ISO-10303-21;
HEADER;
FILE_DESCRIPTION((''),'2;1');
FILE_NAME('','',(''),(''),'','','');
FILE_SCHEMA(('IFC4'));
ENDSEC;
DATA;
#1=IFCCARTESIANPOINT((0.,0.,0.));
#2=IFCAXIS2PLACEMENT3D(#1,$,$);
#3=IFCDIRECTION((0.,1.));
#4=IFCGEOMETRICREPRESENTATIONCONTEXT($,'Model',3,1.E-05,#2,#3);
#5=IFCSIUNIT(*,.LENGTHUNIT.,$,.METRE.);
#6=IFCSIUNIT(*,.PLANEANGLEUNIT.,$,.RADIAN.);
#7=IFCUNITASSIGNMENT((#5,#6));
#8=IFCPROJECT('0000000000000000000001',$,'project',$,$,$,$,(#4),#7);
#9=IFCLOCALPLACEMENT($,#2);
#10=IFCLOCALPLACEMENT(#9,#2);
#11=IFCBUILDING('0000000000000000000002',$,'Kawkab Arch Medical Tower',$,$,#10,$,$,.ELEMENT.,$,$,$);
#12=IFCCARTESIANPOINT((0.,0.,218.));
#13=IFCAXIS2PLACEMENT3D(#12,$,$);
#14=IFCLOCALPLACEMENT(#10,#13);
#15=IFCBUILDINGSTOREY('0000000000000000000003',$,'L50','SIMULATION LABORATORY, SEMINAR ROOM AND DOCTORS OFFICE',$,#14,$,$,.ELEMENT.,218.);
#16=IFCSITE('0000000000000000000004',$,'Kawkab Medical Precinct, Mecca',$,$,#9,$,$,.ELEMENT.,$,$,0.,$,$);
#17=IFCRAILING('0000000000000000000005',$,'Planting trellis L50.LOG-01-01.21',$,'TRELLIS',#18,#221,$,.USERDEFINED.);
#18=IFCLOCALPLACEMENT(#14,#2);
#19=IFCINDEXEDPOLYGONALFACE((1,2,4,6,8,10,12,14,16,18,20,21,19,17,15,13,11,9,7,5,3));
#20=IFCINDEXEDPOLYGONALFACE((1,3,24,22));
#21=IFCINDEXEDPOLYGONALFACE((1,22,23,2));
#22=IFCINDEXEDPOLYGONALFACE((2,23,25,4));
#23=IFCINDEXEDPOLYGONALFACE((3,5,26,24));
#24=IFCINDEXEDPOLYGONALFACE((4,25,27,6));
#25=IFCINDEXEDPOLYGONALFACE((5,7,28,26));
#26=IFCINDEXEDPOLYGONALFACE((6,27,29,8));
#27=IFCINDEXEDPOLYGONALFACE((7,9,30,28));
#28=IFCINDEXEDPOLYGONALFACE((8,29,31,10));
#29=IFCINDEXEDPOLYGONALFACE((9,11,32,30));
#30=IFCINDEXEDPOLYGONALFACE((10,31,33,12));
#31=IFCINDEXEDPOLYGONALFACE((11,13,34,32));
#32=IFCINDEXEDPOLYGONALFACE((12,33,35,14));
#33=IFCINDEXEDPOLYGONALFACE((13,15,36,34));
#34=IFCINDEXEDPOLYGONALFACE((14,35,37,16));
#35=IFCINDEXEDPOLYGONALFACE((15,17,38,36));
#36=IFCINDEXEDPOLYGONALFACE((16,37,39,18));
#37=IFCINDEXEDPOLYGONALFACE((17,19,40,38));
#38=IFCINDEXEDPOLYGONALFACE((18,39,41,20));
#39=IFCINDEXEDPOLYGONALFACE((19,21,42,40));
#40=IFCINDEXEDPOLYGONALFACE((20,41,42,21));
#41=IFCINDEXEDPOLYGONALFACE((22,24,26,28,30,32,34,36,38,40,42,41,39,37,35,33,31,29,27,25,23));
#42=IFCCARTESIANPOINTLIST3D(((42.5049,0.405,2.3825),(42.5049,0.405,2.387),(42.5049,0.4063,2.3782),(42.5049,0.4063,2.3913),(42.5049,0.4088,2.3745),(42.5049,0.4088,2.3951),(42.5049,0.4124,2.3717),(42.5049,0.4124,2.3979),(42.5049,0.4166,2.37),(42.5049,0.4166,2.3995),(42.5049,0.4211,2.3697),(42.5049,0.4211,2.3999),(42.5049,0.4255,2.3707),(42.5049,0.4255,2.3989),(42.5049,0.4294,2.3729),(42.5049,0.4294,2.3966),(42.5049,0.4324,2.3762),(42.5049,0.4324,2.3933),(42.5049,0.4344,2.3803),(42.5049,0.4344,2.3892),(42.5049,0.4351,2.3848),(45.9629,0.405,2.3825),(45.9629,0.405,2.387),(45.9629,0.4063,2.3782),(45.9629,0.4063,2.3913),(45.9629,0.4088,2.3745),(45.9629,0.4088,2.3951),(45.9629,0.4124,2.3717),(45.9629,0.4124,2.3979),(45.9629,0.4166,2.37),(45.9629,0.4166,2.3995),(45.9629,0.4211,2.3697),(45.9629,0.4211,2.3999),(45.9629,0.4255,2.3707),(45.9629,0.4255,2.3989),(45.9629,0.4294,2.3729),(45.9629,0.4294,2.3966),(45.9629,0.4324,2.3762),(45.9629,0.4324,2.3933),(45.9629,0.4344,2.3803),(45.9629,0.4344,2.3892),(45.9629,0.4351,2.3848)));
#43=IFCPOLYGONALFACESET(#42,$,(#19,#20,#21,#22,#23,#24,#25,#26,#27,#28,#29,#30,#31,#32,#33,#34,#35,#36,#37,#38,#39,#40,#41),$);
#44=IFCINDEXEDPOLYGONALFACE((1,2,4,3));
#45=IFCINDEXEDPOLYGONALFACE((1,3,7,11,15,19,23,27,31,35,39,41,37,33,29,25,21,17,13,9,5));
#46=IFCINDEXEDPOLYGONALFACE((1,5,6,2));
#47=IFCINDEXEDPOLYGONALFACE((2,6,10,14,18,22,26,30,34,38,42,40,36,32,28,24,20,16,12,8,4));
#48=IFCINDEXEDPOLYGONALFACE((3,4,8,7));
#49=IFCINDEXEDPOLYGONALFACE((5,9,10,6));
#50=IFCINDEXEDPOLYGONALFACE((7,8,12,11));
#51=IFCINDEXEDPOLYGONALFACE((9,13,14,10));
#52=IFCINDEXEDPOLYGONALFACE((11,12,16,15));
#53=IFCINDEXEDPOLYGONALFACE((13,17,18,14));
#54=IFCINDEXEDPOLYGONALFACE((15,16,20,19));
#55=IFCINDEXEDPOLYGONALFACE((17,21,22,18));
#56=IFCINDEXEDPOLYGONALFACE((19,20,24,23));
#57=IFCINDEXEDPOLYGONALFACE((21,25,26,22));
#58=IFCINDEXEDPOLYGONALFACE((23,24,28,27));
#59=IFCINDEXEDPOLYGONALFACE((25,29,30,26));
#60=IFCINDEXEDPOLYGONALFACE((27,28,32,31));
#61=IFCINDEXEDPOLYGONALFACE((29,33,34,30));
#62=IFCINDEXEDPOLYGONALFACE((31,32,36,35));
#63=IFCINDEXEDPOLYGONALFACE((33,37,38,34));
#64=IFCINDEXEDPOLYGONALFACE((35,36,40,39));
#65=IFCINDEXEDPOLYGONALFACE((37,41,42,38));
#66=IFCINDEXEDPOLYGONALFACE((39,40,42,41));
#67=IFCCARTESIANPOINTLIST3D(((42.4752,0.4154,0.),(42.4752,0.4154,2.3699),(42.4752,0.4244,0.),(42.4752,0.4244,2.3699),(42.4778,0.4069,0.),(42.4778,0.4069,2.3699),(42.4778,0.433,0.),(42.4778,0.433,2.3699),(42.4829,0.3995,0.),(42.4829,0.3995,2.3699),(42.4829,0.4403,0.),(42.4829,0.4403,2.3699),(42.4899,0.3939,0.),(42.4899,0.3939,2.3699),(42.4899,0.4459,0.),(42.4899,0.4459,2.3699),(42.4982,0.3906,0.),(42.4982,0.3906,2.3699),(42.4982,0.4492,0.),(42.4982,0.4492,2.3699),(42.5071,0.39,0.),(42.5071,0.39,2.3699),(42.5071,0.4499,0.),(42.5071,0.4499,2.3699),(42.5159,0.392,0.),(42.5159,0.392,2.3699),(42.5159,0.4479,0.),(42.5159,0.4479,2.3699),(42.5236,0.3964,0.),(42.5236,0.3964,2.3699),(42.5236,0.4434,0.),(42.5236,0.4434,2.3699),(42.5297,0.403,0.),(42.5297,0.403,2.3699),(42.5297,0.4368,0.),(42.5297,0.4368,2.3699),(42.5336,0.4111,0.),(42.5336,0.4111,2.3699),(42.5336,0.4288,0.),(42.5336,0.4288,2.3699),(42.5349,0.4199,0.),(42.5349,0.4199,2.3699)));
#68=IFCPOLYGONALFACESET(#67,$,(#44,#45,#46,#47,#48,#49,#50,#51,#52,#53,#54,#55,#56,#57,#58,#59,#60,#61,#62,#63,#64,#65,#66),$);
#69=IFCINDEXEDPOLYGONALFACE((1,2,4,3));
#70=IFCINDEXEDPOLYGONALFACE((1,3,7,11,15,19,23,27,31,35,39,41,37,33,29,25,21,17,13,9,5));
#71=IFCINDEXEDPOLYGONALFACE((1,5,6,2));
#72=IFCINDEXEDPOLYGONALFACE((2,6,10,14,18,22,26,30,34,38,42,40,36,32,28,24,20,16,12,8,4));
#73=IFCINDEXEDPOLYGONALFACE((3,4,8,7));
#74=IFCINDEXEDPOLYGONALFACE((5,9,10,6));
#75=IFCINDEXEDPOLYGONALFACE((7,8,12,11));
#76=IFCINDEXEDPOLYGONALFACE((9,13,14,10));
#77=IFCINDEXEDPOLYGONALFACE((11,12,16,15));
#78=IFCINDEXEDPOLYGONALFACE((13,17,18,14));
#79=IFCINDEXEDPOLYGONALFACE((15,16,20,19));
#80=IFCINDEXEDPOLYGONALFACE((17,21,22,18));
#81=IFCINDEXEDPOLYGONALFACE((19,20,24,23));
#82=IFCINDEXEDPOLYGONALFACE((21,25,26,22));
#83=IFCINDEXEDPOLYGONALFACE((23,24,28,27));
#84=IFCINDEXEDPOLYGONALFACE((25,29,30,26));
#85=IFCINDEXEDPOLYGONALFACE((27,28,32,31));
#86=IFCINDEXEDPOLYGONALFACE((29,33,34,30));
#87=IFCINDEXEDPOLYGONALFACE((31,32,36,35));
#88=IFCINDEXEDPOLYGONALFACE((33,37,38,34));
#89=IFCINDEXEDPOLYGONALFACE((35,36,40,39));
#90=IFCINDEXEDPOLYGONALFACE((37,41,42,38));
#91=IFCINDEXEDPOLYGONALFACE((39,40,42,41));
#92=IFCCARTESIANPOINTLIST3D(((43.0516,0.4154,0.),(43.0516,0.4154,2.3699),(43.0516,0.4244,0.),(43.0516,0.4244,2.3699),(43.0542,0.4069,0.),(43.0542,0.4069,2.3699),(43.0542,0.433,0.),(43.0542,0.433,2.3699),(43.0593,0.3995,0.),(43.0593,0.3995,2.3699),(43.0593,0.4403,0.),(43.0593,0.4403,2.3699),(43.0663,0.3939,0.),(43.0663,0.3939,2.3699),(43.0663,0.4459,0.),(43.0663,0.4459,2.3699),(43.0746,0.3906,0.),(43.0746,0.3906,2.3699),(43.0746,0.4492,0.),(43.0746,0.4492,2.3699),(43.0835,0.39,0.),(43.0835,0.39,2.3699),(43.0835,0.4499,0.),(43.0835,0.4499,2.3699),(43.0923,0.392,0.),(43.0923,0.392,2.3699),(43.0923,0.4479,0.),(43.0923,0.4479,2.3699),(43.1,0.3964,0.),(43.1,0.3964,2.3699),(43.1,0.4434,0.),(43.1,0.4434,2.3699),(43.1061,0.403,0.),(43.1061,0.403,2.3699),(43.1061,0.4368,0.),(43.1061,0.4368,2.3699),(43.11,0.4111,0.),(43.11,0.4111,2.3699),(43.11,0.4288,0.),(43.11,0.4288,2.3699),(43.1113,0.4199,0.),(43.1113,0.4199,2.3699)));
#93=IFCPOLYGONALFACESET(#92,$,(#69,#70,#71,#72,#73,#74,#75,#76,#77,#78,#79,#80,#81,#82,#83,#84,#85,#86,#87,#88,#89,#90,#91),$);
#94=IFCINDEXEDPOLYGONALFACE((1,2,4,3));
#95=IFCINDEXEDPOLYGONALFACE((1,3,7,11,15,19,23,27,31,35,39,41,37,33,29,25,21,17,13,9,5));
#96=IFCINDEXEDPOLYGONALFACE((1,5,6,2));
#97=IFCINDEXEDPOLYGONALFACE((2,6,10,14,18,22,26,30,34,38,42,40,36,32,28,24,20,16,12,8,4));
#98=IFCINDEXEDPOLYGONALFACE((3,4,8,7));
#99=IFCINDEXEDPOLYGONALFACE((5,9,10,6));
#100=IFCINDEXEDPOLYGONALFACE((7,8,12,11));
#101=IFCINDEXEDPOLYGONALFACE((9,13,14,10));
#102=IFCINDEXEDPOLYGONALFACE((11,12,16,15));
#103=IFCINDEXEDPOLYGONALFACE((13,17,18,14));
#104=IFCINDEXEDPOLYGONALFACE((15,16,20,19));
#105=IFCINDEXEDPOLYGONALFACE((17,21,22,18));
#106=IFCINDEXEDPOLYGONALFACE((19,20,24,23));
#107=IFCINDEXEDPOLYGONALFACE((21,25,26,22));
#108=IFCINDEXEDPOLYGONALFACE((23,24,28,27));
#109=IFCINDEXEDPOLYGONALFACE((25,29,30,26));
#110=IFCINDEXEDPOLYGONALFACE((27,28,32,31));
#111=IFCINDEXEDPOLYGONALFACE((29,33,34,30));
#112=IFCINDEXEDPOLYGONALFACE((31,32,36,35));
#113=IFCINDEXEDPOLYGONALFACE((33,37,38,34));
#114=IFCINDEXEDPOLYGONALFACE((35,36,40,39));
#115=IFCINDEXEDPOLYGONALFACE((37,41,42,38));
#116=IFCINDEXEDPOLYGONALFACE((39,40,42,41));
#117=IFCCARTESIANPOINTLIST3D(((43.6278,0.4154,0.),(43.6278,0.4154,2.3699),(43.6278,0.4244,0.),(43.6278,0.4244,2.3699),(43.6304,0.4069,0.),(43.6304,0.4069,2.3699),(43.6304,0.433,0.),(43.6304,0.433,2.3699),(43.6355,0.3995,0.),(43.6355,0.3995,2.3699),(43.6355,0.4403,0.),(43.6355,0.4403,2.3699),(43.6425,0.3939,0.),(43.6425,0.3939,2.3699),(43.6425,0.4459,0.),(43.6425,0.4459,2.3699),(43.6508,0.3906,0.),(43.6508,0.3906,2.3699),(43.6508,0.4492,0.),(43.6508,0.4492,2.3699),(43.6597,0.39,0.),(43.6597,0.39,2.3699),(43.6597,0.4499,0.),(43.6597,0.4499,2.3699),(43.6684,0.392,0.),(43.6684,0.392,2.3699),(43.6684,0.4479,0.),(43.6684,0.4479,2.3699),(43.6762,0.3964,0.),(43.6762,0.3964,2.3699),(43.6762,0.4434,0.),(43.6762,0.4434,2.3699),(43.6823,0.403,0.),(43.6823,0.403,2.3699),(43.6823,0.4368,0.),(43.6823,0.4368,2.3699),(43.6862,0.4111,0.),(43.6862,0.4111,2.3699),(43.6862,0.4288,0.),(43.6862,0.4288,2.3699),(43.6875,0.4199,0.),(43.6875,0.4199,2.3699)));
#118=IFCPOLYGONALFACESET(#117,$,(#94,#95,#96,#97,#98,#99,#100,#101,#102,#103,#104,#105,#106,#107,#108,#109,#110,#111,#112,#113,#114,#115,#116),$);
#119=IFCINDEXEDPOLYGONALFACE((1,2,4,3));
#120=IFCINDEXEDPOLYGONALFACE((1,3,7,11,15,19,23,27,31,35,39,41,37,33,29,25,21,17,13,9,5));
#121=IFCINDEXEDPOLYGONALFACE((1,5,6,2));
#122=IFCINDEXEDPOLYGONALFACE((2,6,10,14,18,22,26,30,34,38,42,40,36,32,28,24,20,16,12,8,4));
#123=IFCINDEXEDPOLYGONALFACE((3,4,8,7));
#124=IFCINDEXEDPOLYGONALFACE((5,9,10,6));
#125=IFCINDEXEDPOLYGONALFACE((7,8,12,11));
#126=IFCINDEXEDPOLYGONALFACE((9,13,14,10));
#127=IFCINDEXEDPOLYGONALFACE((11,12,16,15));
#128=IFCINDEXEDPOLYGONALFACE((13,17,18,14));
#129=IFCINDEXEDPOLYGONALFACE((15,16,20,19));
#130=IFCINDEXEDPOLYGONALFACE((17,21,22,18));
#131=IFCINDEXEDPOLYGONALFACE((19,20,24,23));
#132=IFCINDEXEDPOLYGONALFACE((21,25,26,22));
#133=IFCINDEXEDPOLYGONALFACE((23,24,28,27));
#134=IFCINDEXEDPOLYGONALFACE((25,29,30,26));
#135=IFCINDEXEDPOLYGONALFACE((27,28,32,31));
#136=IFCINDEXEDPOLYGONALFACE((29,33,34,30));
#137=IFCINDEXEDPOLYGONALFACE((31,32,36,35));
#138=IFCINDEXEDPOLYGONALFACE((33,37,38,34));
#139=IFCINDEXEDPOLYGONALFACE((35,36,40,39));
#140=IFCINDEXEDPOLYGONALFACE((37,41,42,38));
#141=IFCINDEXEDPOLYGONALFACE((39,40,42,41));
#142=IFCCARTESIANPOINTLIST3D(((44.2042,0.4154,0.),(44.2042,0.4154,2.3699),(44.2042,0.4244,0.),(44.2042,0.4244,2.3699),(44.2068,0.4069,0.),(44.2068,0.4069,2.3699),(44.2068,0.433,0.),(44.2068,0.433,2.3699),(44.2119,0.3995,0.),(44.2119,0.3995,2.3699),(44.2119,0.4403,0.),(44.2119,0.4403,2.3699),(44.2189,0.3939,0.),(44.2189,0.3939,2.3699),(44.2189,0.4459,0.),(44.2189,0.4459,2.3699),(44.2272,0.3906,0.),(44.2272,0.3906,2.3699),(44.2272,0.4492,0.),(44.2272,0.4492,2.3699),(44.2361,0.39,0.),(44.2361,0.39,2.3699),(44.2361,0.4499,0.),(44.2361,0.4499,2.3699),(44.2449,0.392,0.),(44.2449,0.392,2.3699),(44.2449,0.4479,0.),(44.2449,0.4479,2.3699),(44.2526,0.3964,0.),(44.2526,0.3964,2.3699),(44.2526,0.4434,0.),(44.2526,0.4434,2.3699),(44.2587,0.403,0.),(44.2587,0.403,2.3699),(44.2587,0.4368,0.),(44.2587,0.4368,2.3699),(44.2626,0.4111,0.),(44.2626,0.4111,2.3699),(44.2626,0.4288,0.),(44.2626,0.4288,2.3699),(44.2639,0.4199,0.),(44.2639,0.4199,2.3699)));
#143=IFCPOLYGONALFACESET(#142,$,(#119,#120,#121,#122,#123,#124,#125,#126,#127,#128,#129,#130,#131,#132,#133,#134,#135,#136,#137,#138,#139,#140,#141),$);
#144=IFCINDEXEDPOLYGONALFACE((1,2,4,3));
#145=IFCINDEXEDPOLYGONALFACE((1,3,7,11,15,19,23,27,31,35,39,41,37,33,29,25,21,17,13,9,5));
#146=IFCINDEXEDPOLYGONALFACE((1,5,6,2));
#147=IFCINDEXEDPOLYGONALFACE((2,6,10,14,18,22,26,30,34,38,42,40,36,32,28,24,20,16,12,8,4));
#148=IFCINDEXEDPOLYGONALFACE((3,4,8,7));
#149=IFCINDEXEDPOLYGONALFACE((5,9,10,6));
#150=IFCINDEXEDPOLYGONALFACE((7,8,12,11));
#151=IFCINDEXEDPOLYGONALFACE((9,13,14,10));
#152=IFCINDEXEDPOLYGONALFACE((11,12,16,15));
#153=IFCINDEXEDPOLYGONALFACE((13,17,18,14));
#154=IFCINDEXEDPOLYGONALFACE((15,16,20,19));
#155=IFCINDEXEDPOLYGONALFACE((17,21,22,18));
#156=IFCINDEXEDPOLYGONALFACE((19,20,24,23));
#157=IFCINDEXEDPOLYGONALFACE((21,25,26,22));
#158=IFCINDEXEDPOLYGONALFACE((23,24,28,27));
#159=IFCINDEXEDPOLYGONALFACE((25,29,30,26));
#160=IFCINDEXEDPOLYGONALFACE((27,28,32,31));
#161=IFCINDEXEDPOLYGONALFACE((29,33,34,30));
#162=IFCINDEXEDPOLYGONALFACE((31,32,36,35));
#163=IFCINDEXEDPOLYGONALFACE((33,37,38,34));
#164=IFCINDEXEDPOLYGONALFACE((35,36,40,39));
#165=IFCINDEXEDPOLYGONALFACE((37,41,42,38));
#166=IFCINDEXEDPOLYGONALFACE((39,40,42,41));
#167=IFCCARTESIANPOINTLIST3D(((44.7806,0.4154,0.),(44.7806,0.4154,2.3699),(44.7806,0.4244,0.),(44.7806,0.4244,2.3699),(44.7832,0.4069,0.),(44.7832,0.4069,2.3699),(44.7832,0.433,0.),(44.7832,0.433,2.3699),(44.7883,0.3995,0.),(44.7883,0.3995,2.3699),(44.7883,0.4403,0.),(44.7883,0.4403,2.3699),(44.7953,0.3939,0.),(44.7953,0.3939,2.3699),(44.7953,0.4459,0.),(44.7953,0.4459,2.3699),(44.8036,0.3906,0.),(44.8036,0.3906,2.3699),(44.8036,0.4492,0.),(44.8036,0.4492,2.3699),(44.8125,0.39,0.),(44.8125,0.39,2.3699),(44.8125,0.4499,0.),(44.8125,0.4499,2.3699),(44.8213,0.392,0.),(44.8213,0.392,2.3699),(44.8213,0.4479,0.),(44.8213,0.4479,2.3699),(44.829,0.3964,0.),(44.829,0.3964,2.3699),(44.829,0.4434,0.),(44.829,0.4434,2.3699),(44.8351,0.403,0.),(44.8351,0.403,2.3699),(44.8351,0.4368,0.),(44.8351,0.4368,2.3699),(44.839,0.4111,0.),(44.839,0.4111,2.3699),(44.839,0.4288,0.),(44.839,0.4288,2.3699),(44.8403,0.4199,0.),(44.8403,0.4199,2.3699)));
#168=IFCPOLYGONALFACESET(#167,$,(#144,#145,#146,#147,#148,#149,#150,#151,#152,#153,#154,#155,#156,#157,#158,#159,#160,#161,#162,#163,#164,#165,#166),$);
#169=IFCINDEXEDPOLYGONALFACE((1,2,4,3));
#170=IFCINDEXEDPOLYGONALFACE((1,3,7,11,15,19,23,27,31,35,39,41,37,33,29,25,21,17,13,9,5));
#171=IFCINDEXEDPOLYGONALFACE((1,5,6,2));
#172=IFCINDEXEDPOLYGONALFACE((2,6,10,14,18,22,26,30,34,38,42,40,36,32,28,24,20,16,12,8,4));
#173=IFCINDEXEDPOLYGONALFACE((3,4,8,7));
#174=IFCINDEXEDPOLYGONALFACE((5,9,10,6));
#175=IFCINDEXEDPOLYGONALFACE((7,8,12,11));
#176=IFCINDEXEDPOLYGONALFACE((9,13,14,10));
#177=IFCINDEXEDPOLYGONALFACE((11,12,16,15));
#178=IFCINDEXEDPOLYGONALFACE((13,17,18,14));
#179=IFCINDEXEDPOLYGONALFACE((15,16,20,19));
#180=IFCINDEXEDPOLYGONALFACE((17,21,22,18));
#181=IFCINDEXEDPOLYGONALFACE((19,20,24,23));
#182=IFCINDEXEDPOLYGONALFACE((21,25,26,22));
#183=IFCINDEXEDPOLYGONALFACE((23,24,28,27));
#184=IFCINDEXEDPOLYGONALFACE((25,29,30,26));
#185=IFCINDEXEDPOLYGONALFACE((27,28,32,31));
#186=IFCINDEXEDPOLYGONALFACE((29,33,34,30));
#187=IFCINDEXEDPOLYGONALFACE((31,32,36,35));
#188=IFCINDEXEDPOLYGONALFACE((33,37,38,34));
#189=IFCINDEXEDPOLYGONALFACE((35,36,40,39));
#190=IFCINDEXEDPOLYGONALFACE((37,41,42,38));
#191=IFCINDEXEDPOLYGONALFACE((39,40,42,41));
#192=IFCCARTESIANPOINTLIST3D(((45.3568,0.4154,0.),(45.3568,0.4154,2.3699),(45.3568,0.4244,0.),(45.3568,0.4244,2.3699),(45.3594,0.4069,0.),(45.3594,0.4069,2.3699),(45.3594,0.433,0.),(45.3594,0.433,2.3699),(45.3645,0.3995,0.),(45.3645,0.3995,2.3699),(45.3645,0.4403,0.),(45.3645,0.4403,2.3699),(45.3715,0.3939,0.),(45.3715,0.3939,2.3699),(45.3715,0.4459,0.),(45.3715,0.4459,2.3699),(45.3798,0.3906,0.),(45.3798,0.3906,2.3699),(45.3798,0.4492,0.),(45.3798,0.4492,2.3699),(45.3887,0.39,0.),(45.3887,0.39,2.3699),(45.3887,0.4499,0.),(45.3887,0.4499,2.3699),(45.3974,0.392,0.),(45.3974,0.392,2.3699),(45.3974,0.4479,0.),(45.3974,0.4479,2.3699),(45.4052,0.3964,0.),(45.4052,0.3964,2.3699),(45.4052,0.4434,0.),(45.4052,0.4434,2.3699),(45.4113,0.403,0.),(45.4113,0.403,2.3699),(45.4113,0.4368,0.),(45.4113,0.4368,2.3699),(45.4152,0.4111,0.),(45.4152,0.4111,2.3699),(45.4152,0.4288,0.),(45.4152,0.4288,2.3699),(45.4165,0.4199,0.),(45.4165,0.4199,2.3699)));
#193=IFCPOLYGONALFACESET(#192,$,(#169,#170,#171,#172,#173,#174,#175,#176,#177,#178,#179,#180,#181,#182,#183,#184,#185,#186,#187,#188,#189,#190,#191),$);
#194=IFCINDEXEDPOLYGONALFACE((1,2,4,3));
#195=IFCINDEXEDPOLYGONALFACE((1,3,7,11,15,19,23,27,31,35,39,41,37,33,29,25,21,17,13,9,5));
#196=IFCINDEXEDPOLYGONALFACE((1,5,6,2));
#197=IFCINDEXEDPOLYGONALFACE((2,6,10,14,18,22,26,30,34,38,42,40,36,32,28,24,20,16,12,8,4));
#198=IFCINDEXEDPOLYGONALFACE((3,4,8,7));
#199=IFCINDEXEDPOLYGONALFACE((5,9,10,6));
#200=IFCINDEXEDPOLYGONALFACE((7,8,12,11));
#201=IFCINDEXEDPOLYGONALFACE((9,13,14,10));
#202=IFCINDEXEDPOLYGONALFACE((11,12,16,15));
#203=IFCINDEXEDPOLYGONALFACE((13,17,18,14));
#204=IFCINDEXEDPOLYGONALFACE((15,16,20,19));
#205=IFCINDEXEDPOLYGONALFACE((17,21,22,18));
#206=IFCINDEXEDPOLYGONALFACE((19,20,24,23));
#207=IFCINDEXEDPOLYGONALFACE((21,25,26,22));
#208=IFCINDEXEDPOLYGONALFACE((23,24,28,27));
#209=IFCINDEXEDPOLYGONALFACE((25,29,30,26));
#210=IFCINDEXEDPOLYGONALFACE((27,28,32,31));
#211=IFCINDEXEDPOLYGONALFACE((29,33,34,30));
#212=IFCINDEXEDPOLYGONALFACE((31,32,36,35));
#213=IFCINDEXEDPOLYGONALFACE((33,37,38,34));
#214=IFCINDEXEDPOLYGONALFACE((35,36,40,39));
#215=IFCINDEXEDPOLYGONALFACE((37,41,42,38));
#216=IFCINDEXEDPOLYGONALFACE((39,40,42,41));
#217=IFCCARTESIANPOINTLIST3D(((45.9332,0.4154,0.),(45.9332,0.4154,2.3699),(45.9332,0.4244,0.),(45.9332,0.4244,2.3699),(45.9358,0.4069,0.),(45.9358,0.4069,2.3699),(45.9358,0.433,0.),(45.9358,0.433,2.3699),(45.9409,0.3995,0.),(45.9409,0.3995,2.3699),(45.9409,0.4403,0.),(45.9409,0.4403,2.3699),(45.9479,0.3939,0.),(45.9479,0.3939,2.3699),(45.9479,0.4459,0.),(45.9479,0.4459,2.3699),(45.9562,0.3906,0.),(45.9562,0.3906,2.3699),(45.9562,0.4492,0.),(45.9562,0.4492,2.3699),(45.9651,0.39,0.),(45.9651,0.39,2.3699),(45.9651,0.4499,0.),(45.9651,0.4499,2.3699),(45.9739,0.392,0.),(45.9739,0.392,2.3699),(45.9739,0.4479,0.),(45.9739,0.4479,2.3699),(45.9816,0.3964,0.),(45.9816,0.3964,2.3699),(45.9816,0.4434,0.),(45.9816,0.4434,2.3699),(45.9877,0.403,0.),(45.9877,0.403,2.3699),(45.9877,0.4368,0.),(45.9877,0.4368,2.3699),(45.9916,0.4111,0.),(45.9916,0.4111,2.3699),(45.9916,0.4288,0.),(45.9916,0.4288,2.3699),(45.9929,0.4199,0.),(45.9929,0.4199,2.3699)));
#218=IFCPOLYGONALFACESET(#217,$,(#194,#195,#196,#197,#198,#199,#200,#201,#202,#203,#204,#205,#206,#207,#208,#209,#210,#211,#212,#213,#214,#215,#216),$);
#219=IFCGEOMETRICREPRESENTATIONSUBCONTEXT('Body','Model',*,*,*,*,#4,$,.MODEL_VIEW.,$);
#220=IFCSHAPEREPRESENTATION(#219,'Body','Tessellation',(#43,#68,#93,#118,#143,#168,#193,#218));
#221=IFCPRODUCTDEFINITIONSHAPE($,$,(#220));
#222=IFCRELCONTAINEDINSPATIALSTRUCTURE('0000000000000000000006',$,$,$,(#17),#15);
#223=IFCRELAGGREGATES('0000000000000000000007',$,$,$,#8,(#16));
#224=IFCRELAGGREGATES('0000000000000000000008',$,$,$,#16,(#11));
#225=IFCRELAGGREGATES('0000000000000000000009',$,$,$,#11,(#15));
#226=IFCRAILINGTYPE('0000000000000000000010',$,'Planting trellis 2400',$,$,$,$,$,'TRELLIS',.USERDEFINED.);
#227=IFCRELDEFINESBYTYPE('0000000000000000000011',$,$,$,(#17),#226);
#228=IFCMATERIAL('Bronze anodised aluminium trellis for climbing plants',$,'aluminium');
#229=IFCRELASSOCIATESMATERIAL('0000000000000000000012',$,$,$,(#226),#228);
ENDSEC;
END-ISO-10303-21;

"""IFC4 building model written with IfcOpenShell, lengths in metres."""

from ifc_helpers import new_model, si_unit, direction, frame, origin, origin_2d, place, context, subcontext, project, spatial, circle, extrude, material, type_object, element, save


model = new_model("IFC4")

# Units and contexts
model_context = context("Model", 3, precision=1e-05, world=origin(), true_north=direction((0.0, 1.0)))
body_context = subcontext(model_context, "Body", "Model", "MODEL_VIEW")
ifc_project = project(units=[si_unit("LENGTHUNIT", "METRE"), si_unit("PLANEANGLEUNIT", "RADIAN")], contexts=[model_context])

# Site, building, storey
site_placement = place(None, origin())
site = spatial("IfcSite", under=ifc_project, at=site_placement, Name="Kawkab Medical Precinct, Mecca", CompositionType="ELEMENT", RefElevation=0.0)
building_placement = place(site_placement, origin())
building = spatial("IfcBuilding", under=site, at=building_placement, Name="Kawkab Arch Medical Tower", CompositionType="ELEMENT")
storey_placement = place(building_placement, frame((0.0, 0.0, 218.0)))
storey = spatial("IfcBuildingStorey", under=building, at=storey_placement, Name="L50", Description="SIMULATION LABORATORY, SEMINAR ROOM AND DOCTORS OFFICE", CompositionType="ELEMENT", Elevation=218.0)

# Railing
ifc_material_1 = material(Name="Bronze anodised aluminium trellis for climbing plants", Category="aluminium")
railing_type_1 = type_object("IfcRailingType", Name="Planting trellis 2400", ElementType="TRELLIS", PredefinedType="USERDEFINED", material=ifc_material_1)
railing_1_placement = place(storey_placement, frame((42.5049, 0.4199, 0.0)))
element("IfcRailing", 1, at=railing_1_placement, inside=storey, type_object=railing_type_1, Name="Planting trellis L50.LOG-01-01.21", ObjectType="TRELLIS", PredefinedType="USERDEFINED", context=body_context, shape_type="SweptSolid", body=[
    extrude(circle(Radius=0.0151, at=origin_2d()), frame((0.0, 0.0, 2.3848), z_axis=(1.0, 0.0, 0.0), x_axis=(0.0, 1.0, 0.0)), (0.0, 0.0, 1.0), 3.458),
    extrude(circle(Radius=0.03, at=origin_2d()), origin(), (0.0, 0.0, 1.0), 2.3699),
    extrude(circle(Radius=0.03, at=origin_2d()), frame((0.5764, 0.0, 0.0)), (0.0, 0.0, 1.0), 2.3699),
    extrude(circle(Radius=0.03, at=origin_2d()), frame((1.1526, 0.0, 0.0)), (0.0, 0.0, 1.0), 2.3699),
    extrude(circle(Radius=0.03, at=origin_2d()), frame((1.729, 0.0, 0.0)), (0.0, 0.0, 1.0), 2.3699),
    extrude(circle(Radius=0.03, at=origin_2d()), frame((2.3054, 0.0, 0.0)), (0.0, 0.0, 1.0), 2.3699),
    extrude(circle(Radius=0.03, at=origin_2d()), frame((2.8816, 0.0, 0.0)), (0.0, 0.0, 1.0), 2.3699),
    extrude(circle(Radius=0.03, at=origin_2d()), frame((3.458, 0.0, 0.0)), (0.0, 0.0, 1.0), 2.3699),
])

save(model, "model.ifc")
